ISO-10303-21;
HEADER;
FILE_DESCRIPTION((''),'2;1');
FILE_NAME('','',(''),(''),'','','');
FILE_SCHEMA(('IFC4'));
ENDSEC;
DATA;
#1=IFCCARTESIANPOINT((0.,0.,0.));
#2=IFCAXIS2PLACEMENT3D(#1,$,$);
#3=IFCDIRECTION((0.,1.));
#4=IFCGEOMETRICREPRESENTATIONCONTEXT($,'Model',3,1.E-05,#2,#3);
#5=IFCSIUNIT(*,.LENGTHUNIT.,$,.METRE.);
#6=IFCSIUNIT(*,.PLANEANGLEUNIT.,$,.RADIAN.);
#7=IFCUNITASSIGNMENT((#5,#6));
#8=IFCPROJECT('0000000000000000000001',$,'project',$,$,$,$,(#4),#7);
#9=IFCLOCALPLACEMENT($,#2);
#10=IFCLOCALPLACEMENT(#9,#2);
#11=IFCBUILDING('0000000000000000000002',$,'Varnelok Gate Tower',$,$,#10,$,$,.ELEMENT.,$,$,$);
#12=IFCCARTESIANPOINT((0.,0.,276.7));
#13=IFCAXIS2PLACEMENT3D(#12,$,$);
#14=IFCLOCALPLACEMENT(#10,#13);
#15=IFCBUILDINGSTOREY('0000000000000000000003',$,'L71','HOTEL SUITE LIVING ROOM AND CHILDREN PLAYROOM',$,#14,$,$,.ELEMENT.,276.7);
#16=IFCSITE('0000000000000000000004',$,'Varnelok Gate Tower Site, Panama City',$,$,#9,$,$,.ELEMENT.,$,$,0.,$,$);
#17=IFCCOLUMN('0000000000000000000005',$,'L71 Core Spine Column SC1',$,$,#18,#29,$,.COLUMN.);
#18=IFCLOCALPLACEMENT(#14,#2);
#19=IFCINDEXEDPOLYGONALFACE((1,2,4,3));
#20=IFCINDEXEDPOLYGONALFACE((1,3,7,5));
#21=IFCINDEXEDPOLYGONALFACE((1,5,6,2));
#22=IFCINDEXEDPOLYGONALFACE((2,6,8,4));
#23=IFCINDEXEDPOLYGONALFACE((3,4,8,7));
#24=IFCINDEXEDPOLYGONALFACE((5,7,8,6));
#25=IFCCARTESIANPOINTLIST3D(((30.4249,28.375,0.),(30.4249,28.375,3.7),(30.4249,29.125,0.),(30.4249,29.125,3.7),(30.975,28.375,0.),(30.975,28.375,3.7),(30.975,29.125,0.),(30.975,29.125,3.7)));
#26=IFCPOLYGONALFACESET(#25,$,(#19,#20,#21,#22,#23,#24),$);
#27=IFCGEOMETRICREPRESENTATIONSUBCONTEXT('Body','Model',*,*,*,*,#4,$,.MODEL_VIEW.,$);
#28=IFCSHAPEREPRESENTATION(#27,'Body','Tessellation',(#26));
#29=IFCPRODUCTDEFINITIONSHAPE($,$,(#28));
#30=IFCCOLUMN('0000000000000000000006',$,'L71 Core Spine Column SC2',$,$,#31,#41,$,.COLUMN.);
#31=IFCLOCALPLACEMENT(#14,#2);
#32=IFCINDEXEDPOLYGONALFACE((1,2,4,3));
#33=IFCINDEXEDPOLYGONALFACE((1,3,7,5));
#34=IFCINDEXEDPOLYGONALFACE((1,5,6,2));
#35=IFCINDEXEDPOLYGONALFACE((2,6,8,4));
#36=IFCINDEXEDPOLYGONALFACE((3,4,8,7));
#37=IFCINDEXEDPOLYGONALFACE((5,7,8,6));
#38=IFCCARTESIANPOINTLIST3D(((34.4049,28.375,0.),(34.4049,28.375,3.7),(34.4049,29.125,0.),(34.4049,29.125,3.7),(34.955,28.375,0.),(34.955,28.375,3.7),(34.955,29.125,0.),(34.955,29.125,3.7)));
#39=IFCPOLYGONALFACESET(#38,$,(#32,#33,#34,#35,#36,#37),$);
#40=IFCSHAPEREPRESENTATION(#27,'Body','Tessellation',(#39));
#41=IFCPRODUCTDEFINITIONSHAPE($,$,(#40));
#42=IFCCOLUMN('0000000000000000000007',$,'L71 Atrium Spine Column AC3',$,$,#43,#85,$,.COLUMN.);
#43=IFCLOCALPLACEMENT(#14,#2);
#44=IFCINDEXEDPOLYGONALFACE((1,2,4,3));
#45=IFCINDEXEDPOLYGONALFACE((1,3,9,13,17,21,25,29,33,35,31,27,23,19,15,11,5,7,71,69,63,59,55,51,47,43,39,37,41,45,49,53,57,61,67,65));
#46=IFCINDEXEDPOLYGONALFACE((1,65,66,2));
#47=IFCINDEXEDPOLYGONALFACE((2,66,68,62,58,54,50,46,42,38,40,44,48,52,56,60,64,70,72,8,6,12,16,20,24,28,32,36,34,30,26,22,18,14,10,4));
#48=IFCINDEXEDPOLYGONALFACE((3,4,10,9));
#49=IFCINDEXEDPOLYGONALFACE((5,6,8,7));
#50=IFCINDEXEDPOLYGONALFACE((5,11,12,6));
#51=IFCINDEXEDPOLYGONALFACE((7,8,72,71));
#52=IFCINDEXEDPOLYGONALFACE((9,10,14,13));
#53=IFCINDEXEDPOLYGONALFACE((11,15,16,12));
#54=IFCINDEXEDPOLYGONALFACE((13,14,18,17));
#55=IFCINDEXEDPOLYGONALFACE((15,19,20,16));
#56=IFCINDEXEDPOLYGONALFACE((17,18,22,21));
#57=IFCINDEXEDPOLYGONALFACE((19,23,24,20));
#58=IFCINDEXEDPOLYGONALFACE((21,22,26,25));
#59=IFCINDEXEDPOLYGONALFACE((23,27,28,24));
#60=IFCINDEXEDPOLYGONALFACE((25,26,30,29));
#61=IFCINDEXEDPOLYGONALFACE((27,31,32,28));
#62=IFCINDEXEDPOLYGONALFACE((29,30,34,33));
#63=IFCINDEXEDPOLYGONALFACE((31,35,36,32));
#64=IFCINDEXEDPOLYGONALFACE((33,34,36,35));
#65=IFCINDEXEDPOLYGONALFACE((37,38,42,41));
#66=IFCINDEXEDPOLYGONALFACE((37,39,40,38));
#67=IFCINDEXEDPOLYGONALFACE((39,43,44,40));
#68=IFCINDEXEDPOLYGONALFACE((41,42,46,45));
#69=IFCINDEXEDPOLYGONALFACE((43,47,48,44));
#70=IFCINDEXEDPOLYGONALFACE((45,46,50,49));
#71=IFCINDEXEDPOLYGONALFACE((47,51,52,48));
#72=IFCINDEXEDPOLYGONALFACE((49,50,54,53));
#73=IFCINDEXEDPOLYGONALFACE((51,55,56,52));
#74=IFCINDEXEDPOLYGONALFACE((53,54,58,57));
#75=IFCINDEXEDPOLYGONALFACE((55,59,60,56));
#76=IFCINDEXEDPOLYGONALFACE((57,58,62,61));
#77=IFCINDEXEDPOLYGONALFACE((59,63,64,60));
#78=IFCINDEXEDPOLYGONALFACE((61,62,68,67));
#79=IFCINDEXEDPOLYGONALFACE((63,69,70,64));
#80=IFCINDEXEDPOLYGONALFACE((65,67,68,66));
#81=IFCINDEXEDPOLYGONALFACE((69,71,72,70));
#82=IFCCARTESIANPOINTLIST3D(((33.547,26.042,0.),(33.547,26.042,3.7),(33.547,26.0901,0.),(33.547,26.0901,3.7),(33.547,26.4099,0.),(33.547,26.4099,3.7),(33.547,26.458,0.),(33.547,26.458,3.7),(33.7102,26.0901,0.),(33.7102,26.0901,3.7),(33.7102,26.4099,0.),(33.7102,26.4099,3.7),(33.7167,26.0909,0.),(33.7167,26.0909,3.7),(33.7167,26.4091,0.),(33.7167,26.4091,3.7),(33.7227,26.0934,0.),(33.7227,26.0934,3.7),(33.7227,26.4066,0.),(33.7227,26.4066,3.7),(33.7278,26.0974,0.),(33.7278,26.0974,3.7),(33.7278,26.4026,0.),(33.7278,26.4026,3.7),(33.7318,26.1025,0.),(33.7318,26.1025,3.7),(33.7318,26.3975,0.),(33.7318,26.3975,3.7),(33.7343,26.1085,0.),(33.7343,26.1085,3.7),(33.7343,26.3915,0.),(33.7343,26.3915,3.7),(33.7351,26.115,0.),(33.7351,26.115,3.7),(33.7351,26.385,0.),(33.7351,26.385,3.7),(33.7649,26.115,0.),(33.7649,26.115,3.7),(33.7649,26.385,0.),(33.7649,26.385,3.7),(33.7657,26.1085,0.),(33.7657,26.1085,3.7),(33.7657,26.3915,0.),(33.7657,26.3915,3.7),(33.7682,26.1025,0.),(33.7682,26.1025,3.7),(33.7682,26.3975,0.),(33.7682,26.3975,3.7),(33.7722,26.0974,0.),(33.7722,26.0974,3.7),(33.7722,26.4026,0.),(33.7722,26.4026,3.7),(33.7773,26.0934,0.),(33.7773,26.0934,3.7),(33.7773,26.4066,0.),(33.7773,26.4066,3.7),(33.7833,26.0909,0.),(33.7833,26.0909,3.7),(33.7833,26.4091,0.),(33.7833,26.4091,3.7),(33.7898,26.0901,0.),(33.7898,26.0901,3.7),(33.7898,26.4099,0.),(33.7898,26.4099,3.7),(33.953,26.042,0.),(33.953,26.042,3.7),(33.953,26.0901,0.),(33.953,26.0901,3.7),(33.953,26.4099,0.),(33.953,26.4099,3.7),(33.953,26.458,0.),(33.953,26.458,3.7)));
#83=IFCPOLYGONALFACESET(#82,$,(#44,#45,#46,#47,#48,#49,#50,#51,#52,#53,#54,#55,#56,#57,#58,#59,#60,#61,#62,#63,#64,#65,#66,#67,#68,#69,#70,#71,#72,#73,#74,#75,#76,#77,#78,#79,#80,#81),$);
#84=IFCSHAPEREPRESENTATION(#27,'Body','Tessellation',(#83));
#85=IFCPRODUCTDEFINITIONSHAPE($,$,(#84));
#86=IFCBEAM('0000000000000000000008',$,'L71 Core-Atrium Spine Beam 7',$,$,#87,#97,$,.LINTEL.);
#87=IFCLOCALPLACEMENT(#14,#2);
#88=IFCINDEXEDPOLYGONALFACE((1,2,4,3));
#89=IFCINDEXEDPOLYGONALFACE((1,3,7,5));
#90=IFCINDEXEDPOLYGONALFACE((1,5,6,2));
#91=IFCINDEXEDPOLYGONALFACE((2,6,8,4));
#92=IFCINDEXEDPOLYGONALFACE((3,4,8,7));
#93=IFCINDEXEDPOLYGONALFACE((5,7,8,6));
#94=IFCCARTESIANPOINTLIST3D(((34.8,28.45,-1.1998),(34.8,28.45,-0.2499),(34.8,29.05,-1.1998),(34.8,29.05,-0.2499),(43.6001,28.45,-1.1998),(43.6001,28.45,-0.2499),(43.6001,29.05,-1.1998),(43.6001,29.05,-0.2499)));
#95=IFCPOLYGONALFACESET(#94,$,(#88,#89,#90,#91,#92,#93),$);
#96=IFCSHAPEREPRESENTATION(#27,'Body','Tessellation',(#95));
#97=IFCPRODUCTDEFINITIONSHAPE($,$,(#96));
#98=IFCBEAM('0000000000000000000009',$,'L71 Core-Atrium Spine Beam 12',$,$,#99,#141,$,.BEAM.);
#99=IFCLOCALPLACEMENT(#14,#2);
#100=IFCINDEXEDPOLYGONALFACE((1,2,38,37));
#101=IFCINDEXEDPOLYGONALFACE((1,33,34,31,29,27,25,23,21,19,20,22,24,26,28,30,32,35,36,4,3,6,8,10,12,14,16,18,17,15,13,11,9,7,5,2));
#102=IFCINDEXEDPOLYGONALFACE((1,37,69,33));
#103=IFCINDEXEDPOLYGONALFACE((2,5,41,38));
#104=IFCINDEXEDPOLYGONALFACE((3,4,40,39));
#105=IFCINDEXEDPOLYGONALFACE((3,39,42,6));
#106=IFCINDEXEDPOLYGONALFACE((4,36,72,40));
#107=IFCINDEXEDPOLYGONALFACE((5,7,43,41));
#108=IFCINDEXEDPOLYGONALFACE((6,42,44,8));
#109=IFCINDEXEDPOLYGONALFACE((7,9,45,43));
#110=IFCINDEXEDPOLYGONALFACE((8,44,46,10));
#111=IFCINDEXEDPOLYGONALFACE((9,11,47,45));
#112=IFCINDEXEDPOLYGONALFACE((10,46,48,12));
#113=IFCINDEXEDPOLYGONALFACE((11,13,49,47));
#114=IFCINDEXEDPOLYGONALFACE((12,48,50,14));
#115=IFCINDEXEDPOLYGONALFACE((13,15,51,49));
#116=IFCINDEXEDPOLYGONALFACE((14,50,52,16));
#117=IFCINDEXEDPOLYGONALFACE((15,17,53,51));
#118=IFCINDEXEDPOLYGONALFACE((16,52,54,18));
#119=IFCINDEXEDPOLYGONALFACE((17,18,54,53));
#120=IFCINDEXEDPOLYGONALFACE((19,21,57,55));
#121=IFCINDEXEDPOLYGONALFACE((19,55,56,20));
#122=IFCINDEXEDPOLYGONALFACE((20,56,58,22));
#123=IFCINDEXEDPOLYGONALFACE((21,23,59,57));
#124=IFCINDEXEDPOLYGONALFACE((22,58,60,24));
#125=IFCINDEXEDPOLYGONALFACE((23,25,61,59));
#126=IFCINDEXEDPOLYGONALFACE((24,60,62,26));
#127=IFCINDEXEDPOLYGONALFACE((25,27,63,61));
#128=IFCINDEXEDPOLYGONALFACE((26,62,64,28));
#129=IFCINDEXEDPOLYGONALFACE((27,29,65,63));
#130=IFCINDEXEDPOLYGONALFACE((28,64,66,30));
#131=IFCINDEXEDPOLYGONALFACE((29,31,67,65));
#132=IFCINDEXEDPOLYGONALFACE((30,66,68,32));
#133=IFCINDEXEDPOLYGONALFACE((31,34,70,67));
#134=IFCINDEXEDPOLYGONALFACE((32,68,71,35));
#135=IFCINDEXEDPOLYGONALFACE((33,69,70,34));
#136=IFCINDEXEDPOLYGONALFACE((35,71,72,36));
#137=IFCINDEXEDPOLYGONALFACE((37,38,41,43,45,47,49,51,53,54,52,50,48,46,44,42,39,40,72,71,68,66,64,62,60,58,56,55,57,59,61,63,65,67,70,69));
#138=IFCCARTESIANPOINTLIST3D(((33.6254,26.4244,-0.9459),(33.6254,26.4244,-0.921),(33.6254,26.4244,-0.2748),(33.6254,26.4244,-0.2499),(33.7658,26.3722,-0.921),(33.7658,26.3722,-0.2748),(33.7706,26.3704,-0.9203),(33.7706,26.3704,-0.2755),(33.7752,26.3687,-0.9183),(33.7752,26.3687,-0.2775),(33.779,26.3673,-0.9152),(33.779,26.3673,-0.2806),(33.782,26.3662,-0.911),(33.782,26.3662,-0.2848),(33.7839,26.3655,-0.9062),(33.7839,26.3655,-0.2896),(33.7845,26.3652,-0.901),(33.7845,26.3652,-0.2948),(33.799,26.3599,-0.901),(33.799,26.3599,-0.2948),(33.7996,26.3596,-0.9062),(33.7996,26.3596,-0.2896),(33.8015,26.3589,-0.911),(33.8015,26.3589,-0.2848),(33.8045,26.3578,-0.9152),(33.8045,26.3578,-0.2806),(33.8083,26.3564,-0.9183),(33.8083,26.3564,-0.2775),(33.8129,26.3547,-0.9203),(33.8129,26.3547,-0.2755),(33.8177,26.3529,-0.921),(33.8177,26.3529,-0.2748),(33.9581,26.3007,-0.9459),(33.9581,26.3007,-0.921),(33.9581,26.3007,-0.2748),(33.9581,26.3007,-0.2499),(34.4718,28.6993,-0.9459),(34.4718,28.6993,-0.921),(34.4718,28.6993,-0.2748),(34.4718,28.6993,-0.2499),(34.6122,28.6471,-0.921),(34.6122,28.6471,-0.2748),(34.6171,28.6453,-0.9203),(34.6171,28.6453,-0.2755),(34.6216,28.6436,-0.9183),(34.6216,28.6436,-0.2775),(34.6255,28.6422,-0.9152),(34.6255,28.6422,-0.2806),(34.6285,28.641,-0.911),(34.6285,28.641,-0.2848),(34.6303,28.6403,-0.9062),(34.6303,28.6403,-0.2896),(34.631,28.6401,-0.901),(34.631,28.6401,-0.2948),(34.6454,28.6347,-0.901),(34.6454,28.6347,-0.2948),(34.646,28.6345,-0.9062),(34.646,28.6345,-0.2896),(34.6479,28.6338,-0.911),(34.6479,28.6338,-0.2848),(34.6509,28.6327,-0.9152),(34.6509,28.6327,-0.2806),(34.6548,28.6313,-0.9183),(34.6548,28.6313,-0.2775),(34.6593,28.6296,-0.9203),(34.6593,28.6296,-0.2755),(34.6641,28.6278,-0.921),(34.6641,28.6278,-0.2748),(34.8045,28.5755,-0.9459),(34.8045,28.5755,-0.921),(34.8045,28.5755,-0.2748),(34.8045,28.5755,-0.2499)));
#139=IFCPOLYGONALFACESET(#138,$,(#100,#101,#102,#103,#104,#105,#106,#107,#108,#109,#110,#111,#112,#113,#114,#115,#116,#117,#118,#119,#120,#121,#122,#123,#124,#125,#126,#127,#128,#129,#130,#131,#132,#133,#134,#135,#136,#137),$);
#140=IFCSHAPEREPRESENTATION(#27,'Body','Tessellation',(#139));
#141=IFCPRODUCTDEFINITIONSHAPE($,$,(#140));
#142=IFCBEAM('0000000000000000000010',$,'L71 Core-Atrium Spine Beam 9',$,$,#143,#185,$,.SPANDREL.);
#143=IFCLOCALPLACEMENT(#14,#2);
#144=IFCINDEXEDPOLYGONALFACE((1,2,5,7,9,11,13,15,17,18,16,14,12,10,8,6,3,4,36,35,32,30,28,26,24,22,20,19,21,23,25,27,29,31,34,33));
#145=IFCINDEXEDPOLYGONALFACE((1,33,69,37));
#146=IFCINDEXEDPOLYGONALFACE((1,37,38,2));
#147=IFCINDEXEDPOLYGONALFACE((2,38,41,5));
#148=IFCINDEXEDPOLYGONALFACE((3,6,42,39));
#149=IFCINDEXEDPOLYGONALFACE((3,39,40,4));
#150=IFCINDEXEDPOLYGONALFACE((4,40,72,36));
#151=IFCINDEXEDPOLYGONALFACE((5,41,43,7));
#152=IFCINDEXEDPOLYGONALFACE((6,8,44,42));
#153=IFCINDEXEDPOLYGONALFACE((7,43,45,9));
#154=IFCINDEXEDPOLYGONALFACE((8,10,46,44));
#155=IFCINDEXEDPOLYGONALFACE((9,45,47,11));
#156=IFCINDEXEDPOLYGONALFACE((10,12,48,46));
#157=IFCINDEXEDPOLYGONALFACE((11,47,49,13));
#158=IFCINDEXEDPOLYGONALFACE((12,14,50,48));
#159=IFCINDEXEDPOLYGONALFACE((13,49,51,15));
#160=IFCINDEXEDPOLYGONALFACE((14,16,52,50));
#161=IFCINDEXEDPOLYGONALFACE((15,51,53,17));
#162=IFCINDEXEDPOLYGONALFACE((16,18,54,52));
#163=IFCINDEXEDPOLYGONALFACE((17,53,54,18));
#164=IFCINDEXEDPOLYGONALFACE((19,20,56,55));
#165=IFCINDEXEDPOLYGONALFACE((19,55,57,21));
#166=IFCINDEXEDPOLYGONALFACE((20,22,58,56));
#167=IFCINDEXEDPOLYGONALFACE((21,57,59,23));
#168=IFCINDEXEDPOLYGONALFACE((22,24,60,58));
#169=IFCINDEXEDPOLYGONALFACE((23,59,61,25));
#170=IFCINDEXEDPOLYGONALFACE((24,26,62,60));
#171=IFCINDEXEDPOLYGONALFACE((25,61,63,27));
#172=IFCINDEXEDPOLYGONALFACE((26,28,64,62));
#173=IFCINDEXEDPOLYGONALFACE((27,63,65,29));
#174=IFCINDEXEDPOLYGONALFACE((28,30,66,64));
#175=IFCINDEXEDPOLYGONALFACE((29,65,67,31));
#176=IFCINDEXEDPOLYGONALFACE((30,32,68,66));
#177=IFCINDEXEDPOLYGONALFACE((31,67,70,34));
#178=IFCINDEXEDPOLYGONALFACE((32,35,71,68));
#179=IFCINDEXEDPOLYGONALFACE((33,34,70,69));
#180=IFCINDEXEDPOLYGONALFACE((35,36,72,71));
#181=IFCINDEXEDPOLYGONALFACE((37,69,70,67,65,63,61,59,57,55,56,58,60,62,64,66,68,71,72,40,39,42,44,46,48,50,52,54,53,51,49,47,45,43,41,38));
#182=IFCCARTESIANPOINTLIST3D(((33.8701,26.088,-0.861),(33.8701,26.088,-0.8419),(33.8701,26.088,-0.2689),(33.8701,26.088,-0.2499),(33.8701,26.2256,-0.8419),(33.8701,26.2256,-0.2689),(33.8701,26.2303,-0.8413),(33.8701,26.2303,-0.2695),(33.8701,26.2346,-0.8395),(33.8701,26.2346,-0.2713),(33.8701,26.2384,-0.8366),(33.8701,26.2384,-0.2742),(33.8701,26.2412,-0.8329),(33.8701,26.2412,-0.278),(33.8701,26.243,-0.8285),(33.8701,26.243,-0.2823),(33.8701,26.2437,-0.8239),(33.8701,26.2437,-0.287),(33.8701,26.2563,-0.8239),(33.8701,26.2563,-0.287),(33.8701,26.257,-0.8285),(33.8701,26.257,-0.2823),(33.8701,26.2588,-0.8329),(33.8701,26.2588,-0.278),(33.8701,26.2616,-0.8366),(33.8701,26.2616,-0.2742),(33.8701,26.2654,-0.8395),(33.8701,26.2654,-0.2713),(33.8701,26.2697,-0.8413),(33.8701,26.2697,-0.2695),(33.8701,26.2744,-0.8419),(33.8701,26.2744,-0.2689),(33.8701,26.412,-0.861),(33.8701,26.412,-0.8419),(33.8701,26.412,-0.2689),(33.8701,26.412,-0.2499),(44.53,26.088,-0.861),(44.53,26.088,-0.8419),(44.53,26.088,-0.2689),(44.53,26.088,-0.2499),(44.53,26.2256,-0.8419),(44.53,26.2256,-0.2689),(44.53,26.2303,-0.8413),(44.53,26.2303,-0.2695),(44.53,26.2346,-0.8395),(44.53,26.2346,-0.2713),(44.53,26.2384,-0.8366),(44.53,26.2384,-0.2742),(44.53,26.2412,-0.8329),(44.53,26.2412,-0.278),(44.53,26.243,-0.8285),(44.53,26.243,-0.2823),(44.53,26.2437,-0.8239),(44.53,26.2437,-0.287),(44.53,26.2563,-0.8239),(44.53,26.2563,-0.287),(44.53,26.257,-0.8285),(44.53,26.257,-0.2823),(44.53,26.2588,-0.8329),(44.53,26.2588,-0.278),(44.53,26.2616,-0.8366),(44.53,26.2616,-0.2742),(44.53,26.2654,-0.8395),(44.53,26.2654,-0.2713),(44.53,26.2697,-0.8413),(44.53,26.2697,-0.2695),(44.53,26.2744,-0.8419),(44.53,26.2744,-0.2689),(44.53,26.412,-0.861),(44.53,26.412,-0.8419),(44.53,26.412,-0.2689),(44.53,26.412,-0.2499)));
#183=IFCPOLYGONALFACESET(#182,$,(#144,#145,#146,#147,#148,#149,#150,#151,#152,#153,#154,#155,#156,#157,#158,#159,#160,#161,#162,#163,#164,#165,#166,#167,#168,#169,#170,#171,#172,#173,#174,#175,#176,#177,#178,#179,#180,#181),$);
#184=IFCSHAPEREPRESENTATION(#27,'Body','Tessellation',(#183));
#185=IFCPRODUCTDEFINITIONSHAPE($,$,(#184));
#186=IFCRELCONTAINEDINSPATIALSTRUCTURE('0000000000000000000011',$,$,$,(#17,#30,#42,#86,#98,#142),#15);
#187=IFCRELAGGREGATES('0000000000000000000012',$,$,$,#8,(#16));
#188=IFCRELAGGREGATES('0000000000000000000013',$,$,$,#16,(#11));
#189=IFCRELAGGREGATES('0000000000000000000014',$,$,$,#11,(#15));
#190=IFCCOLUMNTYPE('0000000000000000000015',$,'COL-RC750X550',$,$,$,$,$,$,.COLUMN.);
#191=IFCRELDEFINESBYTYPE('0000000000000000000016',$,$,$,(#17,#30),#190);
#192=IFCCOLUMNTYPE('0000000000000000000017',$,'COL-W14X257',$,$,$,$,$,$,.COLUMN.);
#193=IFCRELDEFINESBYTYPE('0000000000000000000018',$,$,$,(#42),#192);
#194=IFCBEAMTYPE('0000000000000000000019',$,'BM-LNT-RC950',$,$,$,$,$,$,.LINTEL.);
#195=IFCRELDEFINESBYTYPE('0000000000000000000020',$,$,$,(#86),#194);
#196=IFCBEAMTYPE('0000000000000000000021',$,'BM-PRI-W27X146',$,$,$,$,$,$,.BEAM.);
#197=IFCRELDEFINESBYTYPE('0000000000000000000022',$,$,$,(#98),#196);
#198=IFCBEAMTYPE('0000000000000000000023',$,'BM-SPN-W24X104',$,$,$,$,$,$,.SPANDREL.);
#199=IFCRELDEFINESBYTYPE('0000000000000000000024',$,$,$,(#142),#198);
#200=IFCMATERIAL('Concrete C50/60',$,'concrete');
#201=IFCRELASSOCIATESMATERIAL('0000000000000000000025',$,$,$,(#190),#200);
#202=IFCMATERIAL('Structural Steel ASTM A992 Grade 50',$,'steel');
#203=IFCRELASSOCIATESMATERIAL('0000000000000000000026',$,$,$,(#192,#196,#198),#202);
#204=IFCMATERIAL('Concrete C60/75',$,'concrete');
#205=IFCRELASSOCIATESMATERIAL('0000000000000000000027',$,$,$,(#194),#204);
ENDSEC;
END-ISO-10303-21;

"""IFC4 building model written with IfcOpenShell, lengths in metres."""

from ifc_helpers import new_model, si_unit, direction, frame, origin, origin_2d, place, context, subcontext, project, spatial, rectangle, i_section, extrude, material, material_profile, profile_set, type_object, element, save


model = new_model("IFC4")

# Units and contexts
model_context = context("Model", 3, precision=1e-05, world=origin(), true_north=direction((0.0, 1.0)))
body_context = subcontext(model_context, "Body", "Model", "MODEL_VIEW")
ifc_project = project(units=[si_unit("LENGTHUNIT", "METRE"), si_unit("PLANEANGLEUNIT", "RADIAN")], contexts=[model_context])

# Site, building, storey
site_placement = place(None, origin())
site = spatial("IfcSite", under=ifc_project, at=site_placement, Name="Varnelok Gate Tower Site, Panama City", CompositionType="ELEMENT", RefElevation=0.0)
building_placement = place(site_placement, origin())
building = spatial("IfcBuilding", under=site, at=building_placement, Name="Varnelok Gate Tower", CompositionType="ELEMENT")
storey_placement = place(building_placement, frame((0.0, 0.0, 276.7)))
storey = spatial("IfcBuildingStorey", under=building, at=storey_placement, Name="L71", Description="HOTEL SUITE LIVING ROOM AND CHILDREN PLAYROOM", CompositionType="ELEMENT", Elevation=276.7)

# Columns
ifc_material_1 = material(Name="Concrete C50/60", Category="concrete")
ifc_material_profile_1 = material_profile(ifc_material_1, rectangle(XDim=0.55, YDim=0.75, at=origin_2d()), Name="RC750X550")
ifc_profile_set_1 = profile_set([ifc_material_profile_1], Name="Concrete C50/60")
column_type_1 = type_object("IfcColumnType", Name="COL-RC750X550", PredefinedType="COLUMN", material=ifc_profile_set_1)
for number, where, z_axis, x_axis, name in (
    (1, (30.7, 28.75, 0.0), (0.0, 0.0, 1.0), (1.0, 0.0, 0.0), "L71 Core Spine Column SC1"),
    (2, (34.6799, 28.75, 0.0), (0.0, 0.0, 1.0), (1.0, 0.0, 0.0), "L71 Core Spine Column SC2"),
):
    element("IfcColumn", number, at=place(storey_placement, frame(where, z_axis=z_axis, x_axis=x_axis)), inside=storey, type_object=column_type_1, Name=name, PredefinedType="COLUMN", context=body_context, shape_type="SweptSolid", body=[
        extrude(rectangle(XDim=0.55, YDim=0.75, at=origin_2d()), origin(), (0.0, 0.0, 1.0), 3.7),
    ])
ifc_material_2 = material(Name="Structural Steel ASTM A992 Grade 50", Category="steel")
ifc_material_profile_2 = material_profile(ifc_material_2, i_section(OverallWidth=0.406, OverallDepth=0.416, WebThickness=0.0298, FlangeThickness=0.0481, FilletRadius=0.0249, at=origin_2d()), Name="W14X257")
ifc_profile_set_2 = profile_set([ifc_material_profile_2], Name="Structural Steel ASTM A992 Grade 50")
column_type_2 = type_object("IfcColumnType", Name="COL-W14X257", PredefinedType="COLUMN", material=ifc_profile_set_2)
column_placement = place(storey_placement, frame((33.75, 26.25, 0.0), z_axis=(0.0, 0.0, 1.0), x_axis=(1.0, 0.0, 0.0)))
element("IfcColumn", 3, at=column_placement, inside=storey, type_object=column_type_2, Name="L71 Atrium Spine Column AC3", PredefinedType="COLUMN", context=body_context, shape_type="SweptSolid", body=[
    extrude(i_section(OverallWidth=0.406, OverallDepth=0.416, WebThickness=0.0298, FlangeThickness=0.0481, FilletRadius=0.0249, at=origin_2d()), origin(), (0.0, 0.0, 1.0), 3.7),
])

# Beams
ifc_material_3 = material(Name="Concrete C60/75", Category="concrete")
ifc_material_profile_3 = material_profile(ifc_material_3, rectangle(XDim=0.6001, YDim=0.95, at=origin_2d()), Name="RC950X600")
ifc_profile_set_3 = profile_set([ifc_material_profile_3], Name="Concrete C60/75")
beam_type_1 = type_object("IfcBeamType", Name="BM-LNT-RC950", PredefinedType="LINTEL", material=ifc_profile_set_3)
beam_1_placement = place(storey_placement, frame((34.8, 28.75, -0.7249), z_axis=(1.0, 0.0, 0.0), x_axis=(0.0, 1.0, 0.0)))
element("IfcBeam", 4, at=beam_1_placement, inside=storey, type_object=beam_type_1, Name="L71 Core-Atrium Spine Beam 7", PredefinedType="LINTEL", context=body_context, shape_type="SweptSolid", body=[
    extrude(rectangle(XDim=0.6001, YDim=0.95, at=origin_2d()), origin(), (0.0, 0.0, 1.0), 8.8),
])
ifc_material_profile_4 = material_profile(ifc_material_2, i_section(OverallWidth=0.355, OverallDepth=0.696, WebThickness=0.0154, FlangeThickness=0.0249, FilletRadius=0.02, at=origin_2d()), Name="W27X146")
ifc_profile_set_4 = profile_set([ifc_material_profile_4], Name="Structural Steel ASTM A992 Grade 50")
beam_type_2 = type_object("IfcBeamType", Name="BM-PRI-W27X146", PredefinedType="BEAM", material=ifc_profile_set_4)
beam_2_placement = place(storey_placement, frame((33.7917, 26.3625, -0.5979), z_axis=(0.348719, 0.937227, 0.0), x_axis=(-0.937227, 0.348719, 0.0)))
element("IfcBeam", 5, at=beam_2_placement, inside=storey, type_object=beam_type_2, Name="L71 Core-Atrium Spine Beam 12", PredefinedType="BEAM", context=body_context, shape_type="SweptSolid", body=[
    extrude(i_section(OverallWidth=0.355, OverallDepth=0.696, WebThickness=0.0154, FlangeThickness=0.0249, FilletRadius=0.02, at=origin_2d()), origin(), (0.0, 0.0, 1.0), 2.4272),
])
ifc_material_profile_5 = material_profile(ifc_material_2, i_section(OverallWidth=0.324, OverallDepth=0.6111, WebThickness=0.0127, FlangeThickness=0.019, FilletRadius=0.0181, at=origin_2d()), Name="W24X104")
ifc_profile_set_5 = profile_set([ifc_material_profile_5], Name="Structural Steel ASTM A992 Grade 50")
beam_type_3 = type_object("IfcBeamType", Name="BM-SPN-W24X104", PredefinedType="SPANDREL", material=ifc_profile_set_5)
beam_3_placement = place(storey_placement, frame((33.8701, 26.25, -0.5554), z_axis=(1.0, 0.0, 0.0), x_axis=(0.0, 1.0, 0.0)))
element("IfcBeam", 6, at=beam_3_placement, inside=storey, type_object=beam_type_3, Name="L71 Core-Atrium Spine Beam 9", PredefinedType="SPANDREL", context=body_context, shape_type="SweptSolid", body=[
    extrude(i_section(OverallWidth=0.324, OverallDepth=0.6111, WebThickness=0.0127, FlangeThickness=0.019, FilletRadius=0.0181, at=origin_2d()), origin(), (0.0, 0.0, 1.0), 10.6599),
])

save(model, "model.ifc")
